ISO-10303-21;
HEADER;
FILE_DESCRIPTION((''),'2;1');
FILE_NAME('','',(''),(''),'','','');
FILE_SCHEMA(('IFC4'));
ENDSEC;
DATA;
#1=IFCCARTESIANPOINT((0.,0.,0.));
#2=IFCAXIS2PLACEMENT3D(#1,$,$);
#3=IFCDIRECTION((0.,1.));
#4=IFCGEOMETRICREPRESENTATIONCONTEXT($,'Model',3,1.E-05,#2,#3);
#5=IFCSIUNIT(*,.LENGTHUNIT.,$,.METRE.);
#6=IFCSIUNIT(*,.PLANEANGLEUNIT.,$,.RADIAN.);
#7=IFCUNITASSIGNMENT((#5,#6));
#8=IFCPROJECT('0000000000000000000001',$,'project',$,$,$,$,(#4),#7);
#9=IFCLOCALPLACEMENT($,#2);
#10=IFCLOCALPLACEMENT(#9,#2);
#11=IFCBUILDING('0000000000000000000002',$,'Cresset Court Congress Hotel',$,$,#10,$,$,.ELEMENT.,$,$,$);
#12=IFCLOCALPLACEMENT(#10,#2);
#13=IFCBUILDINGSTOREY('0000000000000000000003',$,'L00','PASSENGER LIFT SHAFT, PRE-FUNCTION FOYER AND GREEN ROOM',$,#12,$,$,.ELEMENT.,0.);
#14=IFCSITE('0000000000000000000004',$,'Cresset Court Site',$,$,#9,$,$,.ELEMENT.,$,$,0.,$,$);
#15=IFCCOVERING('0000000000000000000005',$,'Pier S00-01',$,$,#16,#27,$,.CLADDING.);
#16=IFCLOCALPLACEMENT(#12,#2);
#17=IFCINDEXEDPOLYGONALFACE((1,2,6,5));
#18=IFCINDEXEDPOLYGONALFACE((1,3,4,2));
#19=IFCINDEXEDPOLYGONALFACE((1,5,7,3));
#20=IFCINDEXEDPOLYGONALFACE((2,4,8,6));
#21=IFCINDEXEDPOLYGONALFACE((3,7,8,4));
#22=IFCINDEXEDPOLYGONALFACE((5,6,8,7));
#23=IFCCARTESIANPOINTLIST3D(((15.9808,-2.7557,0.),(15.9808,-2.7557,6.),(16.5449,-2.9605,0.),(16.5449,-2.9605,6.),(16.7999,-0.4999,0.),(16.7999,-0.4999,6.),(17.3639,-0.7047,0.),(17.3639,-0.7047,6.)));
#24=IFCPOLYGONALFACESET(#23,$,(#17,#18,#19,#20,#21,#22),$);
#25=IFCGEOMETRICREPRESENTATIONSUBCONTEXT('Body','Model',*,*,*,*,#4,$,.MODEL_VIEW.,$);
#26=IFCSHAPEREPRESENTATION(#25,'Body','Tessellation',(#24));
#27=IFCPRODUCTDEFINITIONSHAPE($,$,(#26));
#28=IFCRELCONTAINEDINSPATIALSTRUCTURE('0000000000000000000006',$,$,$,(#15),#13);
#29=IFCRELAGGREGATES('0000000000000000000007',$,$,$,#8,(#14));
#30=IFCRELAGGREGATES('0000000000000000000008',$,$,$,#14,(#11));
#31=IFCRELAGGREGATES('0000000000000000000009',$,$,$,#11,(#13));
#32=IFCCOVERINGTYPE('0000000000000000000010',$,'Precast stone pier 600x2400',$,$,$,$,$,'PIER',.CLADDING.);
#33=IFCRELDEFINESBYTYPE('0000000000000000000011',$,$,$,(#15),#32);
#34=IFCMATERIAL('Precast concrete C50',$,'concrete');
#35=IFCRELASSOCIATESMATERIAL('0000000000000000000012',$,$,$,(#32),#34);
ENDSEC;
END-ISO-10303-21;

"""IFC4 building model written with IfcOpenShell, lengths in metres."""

from ifc_helpers import new_model, si_unit, direction, frame, origin, origin_2d, place, context, subcontext, project, spatial, rectangle, extrude, material, type_object, element, save


model = new_model("IFC4")

# Units and contexts
model_context = context("Model", 3, precision=1e-05, world=origin(), true_north=direction((0.0, 1.0)))
body_context = subcontext(model_context, "Body", "Model", "MODEL_VIEW")
ifc_project = project(units=[si_unit("LENGTHUNIT", "METRE"), si_unit("PLANEANGLEUNIT", "RADIAN")], contexts=[model_context])

# Site, building, storey
site_placement = place(None, origin())
site = spatial("IfcSite", under=ifc_project, at=site_placement, Name="Cresset Court Site", CompositionType="ELEMENT", RefElevation=0.0)
building_placement = place(site_placement, origin())
building = spatial("IfcBuilding", under=site, at=building_placement, Name="Cresset Court Congress Hotel", CompositionType="ELEMENT")
storey_placement = place(building_placement, origin())
storey = spatial("IfcBuildingStorey", under=building, at=storey_placement, Name="L00", Description="PASSENGER LIFT SHAFT, PRE-FUNCTION FOYER AND GREEN ROOM", CompositionType="ELEMENT", Elevation=0.0)

# Covering
ifc_material_1 = material(Name="Precast concrete C50", Category="concrete")
covering_type_1 = type_object("IfcCoveringType", Name="Precast stone pier 600x2400", ElementType="PIER", PredefinedType="CLADDING", material=ifc_material_1)
covering_placement = place(storey_placement, frame((16.6724, -1.7302, 0.0), z_axis=(0.0, 0.0, 1.0), x_axis=(0.939957, -0.341293, 0.0)))
element("IfcCovering", 1, at=covering_placement, inside=storey, type_object=covering_type_1, Name="Pier S00-01", PredefinedType="CLADDING", context=body_context, shape_type="SweptSolid", body=[
    extrude(rectangle(XDim=0.6001, YDim=2.3999, at=origin_2d()), origin(), (0.0, 0.0, 1.0), 6.0),
])

save(model, "model.ifc")
